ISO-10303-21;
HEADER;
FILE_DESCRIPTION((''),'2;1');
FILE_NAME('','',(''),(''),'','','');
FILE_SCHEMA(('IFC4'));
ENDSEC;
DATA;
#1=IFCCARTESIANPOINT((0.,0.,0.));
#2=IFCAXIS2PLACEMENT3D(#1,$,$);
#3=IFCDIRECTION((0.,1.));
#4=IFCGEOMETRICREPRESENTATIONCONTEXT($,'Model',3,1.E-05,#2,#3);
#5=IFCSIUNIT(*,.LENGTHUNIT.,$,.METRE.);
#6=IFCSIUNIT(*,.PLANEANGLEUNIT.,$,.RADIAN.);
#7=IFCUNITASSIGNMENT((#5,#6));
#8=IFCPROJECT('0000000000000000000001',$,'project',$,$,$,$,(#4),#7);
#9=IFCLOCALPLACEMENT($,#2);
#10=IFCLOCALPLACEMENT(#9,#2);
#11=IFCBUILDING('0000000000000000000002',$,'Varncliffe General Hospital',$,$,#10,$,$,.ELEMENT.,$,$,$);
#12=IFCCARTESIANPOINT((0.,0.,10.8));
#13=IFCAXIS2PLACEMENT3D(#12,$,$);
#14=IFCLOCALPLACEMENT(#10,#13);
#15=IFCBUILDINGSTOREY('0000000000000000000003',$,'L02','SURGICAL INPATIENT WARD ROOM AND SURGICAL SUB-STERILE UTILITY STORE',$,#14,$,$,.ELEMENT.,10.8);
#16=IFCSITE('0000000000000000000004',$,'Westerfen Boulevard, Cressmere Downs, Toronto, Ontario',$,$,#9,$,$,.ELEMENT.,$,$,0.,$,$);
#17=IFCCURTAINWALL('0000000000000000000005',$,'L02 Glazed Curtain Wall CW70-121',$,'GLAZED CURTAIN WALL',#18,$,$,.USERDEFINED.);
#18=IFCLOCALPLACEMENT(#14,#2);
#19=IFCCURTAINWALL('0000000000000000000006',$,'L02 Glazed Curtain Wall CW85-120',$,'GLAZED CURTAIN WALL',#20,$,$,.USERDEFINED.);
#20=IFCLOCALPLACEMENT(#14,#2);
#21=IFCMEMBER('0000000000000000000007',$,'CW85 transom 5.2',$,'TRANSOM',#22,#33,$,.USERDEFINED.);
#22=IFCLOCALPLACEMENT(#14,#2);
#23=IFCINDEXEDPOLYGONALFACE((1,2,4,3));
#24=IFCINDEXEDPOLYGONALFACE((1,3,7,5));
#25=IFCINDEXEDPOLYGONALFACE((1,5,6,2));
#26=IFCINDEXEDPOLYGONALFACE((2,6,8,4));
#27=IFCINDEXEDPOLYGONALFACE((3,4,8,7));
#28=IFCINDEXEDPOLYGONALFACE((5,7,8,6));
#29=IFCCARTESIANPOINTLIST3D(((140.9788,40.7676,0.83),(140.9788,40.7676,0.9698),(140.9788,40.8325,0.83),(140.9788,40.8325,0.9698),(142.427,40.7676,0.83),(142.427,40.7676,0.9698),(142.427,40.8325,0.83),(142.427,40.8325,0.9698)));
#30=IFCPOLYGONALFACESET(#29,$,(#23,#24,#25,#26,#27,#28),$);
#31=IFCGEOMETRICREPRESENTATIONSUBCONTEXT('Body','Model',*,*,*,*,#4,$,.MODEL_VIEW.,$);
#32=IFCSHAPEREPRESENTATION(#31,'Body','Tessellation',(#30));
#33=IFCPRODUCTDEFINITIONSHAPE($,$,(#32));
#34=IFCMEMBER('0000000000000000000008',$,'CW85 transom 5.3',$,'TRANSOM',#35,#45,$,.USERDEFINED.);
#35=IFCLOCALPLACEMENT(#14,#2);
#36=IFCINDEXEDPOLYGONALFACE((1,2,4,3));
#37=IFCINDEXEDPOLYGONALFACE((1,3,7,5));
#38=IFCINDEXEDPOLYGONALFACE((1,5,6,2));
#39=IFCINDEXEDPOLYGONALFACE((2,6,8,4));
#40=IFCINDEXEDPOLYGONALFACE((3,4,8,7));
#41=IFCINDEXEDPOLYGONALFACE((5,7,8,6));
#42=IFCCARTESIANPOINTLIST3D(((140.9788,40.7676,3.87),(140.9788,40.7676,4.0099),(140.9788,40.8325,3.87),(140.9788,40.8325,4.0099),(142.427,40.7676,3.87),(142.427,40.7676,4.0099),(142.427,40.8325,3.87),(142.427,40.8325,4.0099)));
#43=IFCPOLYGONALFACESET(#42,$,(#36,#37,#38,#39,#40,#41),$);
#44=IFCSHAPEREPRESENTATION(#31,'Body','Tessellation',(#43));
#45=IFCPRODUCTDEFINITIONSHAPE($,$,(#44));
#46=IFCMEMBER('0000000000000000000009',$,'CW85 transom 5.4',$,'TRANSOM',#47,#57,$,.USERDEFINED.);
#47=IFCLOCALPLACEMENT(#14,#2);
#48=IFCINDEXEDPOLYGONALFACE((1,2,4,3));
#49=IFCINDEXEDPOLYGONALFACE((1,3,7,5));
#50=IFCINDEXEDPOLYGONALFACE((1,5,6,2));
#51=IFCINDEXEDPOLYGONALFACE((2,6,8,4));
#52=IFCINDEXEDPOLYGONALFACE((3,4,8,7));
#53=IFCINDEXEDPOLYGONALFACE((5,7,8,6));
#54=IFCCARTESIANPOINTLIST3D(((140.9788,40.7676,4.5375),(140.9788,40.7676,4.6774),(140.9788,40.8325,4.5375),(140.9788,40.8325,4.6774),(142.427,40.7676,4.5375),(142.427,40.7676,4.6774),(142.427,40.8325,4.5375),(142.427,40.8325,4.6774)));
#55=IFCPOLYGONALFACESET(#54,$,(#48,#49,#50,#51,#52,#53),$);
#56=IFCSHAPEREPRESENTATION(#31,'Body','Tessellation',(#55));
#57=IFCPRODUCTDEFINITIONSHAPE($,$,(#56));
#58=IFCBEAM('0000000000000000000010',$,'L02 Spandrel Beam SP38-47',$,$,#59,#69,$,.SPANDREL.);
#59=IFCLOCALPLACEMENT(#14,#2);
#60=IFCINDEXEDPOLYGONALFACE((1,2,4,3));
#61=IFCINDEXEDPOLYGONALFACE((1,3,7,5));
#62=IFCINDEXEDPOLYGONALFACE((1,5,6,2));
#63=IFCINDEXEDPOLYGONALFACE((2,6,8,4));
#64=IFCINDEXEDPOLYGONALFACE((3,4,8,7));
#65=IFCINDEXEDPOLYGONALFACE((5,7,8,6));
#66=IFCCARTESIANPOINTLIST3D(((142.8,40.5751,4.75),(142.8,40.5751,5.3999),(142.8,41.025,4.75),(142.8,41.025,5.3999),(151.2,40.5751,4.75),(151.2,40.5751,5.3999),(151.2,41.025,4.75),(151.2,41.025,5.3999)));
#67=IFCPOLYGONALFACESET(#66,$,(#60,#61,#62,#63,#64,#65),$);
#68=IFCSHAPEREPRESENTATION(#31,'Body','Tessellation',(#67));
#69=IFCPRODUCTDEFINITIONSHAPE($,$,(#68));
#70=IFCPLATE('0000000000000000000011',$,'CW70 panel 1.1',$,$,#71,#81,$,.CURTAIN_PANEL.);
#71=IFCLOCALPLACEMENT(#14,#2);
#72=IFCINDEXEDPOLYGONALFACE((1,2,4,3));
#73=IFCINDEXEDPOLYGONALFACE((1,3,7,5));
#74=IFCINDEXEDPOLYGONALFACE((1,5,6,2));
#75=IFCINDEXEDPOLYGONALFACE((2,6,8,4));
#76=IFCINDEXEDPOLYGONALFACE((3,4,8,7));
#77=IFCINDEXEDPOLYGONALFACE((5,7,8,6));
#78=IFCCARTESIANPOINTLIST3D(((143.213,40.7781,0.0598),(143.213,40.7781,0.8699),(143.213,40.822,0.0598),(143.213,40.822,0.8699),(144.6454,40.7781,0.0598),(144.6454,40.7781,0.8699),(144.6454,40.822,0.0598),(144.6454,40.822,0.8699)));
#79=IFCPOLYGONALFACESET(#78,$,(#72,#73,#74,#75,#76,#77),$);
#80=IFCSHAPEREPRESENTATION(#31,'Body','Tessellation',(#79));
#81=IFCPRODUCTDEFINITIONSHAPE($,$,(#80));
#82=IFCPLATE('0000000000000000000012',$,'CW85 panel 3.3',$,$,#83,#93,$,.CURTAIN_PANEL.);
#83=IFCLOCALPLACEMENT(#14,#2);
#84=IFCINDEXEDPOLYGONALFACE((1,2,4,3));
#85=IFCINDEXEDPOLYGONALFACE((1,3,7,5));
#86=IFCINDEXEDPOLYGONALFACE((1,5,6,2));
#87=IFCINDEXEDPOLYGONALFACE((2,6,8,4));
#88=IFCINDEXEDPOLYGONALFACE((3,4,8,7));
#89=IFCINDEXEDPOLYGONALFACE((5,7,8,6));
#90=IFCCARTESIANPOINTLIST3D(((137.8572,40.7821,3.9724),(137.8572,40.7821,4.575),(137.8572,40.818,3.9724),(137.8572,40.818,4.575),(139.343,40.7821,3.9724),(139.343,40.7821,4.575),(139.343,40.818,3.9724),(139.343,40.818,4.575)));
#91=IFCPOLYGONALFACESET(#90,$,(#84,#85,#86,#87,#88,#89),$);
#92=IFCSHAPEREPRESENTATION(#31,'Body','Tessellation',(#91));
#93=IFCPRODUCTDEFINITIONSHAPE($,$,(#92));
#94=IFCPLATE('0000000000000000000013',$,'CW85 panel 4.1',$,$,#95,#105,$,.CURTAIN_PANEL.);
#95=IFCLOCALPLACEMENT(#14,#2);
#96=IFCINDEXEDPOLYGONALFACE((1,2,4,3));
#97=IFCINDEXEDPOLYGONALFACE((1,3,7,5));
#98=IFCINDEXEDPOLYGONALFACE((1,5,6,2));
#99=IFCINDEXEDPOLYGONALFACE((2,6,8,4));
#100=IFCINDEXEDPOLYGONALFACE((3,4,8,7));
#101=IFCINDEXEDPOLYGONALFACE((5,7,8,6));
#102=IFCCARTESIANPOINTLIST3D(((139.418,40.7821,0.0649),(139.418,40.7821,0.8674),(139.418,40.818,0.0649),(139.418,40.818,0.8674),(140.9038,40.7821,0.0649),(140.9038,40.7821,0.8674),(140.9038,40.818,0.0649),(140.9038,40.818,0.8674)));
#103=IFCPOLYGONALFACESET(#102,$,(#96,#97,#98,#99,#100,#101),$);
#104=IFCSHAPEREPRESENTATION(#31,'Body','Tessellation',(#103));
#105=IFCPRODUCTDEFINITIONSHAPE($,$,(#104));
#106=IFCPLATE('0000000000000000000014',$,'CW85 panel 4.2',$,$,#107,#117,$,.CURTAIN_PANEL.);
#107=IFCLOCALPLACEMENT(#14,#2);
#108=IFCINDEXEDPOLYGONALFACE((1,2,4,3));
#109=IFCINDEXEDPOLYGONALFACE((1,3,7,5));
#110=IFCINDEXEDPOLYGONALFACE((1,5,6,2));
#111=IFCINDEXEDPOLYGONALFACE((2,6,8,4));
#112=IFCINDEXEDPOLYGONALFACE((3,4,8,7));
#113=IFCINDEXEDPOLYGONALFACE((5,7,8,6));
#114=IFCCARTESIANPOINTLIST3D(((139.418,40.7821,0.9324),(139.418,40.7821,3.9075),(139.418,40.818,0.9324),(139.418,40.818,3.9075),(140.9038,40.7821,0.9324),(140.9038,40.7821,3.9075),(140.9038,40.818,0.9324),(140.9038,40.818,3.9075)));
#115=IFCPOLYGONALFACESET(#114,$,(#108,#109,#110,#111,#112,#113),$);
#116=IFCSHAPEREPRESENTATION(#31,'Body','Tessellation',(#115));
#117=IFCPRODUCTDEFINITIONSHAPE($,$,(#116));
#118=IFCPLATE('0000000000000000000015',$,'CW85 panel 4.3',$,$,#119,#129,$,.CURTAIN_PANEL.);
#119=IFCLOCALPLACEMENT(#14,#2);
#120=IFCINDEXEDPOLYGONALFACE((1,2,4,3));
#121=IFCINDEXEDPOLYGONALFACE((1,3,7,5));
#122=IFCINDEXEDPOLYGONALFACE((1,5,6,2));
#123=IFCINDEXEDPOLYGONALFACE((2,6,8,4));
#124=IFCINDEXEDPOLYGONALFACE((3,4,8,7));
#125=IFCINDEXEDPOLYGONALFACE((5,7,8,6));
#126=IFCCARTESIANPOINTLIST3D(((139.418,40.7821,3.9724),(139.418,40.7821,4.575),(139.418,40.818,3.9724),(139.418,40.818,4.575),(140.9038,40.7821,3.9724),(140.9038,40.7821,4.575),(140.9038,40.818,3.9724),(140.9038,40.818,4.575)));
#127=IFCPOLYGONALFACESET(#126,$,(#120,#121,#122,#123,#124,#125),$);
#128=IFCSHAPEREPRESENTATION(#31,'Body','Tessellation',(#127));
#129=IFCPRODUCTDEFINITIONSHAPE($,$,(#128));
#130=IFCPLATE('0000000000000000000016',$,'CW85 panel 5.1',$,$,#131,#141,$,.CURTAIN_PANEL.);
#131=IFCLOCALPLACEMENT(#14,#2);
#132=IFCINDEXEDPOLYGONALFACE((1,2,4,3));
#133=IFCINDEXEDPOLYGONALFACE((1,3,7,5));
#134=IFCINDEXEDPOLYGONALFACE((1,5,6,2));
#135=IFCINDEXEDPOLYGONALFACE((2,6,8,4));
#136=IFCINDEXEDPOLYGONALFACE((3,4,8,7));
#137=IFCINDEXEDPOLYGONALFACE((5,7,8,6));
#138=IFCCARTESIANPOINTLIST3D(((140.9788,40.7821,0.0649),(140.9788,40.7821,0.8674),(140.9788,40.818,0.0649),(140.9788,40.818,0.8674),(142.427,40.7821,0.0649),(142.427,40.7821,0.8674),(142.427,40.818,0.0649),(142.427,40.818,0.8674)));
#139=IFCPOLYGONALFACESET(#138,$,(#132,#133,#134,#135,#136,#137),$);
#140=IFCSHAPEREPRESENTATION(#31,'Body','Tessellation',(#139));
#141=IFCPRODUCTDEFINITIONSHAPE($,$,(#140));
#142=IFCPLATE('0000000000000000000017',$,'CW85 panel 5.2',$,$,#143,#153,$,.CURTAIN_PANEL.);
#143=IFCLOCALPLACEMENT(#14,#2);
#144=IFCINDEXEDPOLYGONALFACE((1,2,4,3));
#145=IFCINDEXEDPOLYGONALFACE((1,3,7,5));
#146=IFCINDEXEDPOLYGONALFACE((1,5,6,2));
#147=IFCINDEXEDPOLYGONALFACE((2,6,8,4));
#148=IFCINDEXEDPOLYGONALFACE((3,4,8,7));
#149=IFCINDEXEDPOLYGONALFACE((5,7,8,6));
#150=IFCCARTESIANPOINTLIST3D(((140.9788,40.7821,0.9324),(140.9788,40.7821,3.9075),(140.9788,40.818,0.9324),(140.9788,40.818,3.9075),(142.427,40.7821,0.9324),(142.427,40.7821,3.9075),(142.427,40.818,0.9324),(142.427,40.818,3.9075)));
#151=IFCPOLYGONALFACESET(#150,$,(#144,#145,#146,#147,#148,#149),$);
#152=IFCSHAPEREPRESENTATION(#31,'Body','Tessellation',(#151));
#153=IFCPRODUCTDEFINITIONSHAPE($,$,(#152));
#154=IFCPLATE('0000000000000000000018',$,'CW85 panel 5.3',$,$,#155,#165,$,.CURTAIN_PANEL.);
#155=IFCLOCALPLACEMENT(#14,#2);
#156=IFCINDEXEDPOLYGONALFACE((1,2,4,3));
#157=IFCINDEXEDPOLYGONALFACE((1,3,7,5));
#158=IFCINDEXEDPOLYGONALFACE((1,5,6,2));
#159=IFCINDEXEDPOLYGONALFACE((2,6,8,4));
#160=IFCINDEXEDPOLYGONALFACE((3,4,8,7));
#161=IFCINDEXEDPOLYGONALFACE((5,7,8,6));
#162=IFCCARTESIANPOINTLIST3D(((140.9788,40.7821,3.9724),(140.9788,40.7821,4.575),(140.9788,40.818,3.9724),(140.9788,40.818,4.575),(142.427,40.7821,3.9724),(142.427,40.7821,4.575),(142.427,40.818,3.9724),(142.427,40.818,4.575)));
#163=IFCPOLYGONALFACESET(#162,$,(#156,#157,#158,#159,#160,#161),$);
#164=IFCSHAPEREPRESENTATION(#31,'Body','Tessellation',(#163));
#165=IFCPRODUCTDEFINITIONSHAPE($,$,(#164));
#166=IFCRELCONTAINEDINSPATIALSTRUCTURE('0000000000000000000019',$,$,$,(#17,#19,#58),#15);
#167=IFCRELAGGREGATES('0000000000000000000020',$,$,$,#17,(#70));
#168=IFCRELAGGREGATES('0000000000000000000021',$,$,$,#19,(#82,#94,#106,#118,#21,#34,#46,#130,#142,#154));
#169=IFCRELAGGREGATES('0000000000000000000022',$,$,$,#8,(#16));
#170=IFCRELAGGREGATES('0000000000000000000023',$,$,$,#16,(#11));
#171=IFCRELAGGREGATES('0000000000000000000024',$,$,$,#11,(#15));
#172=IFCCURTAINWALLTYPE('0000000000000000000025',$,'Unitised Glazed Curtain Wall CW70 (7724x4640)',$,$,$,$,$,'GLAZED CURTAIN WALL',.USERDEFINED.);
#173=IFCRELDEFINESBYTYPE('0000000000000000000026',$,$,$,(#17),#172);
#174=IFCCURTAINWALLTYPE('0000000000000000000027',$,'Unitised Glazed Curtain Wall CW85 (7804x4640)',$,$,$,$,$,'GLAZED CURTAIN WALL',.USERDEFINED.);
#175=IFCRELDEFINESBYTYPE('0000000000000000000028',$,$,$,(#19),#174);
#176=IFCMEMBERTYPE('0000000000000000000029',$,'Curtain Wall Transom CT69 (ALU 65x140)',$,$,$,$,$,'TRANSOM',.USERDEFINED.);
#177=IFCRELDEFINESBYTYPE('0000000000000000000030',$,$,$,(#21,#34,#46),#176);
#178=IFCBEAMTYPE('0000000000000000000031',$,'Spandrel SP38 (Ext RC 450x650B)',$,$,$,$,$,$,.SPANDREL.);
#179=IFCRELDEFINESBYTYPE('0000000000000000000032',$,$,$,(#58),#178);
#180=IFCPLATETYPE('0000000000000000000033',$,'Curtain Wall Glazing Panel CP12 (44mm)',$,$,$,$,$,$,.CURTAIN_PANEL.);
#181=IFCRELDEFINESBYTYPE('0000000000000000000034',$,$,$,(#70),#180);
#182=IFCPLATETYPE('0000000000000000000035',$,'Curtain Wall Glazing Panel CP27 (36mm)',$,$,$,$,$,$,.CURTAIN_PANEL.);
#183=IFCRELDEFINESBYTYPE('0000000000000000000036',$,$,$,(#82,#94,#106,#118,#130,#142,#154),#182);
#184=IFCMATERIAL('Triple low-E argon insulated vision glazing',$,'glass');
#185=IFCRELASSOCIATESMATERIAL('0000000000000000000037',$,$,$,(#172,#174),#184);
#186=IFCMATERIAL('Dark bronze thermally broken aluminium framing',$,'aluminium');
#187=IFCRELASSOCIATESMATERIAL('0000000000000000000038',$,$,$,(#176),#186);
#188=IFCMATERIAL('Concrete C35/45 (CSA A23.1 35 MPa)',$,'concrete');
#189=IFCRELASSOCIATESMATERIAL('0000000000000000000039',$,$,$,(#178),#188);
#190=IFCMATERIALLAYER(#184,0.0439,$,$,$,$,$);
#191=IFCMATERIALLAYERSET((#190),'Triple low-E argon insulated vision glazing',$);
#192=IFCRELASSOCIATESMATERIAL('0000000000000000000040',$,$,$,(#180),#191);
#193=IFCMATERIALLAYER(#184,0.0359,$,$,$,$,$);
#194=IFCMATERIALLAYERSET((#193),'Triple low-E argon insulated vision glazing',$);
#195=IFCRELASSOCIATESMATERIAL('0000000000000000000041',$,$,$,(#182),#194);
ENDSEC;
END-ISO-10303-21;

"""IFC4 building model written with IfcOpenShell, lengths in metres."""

from ifc_helpers import new_model, si_unit, direction, frame, origin, origin_2d, place, context, subcontext, project, spatial, rectangle, extrude, material, layer, layer_set, material_profile, profile_set, type_object, element, aggregate, save


model = new_model("IFC4")

# Units and contexts
model_context = context("Model", 3, precision=1e-05, world=origin(), true_north=direction((0.0, 1.0)))
body_context = subcontext(model_context, "Body", "Model", "MODEL_VIEW")
ifc_project = project(units=[si_unit("LENGTHUNIT", "METRE"), si_unit("PLANEANGLEUNIT", "RADIAN")], contexts=[model_context])

# Site, building, storey
site_placement = place(None, origin())
site = spatial("IfcSite", under=ifc_project, at=site_placement, Name="Westerfen Boulevard, Cressmere Downs, Toronto, Ontario", CompositionType="ELEMENT", RefElevation=0.0)
building_placement = place(site_placement, origin())
building = spatial("IfcBuilding", under=site, at=building_placement, Name="Varncliffe General Hospital", CompositionType="ELEMENT")
storey_placement = place(building_placement, frame((0.0, 0.0, 10.8)))
storey = spatial("IfcBuildingStorey", under=building, at=storey_placement, Name="L02", Description="SURGICAL INPATIENT WARD ROOM AND SURGICAL SUB-STERILE UTILITY STORE", CompositionType="ELEMENT", Elevation=10.8)

# Curtain wall
ifc_material_1 = material(Name="Triple low-E argon insulated vision glazing", Category="glass")
curtain_wall_type_1 = type_object("IfcCurtainWallType", Name="Unitised Glazed Curtain Wall CW70 (7724x4640)", ElementType="GLAZED CURTAIN WALL", PredefinedType="USERDEFINED", material=ifc_material_1)
curtain_wall_1_placement = place(storey_placement, origin())
curtain_wall_1 = element("IfcCurtainWall", 1, at=curtain_wall_1_placement, inside=storey, type_object=curtain_wall_type_1, Name="L02 Glazed Curtain Wall CW70-121", ObjectType="GLAZED CURTAIN WALL", PredefinedType="USERDEFINED")
ifc_material_2 = material(Name="Dark bronze thermally broken aluminium framing", Category="aluminium")

# Curtain wall
curtain_wall_type_2 = type_object("IfcCurtainWallType", Name="Unitised Glazed Curtain Wall CW85 (7804x4640)", ElementType="GLAZED CURTAIN WALL", PredefinedType="USERDEFINED", material=ifc_material_1)
curtain_wall_2_placement = place(storey_placement, origin())
curtain_wall_2 = element("IfcCurtainWall", 2, at=curtain_wall_2_placement, inside=storey, type_object=curtain_wall_type_2, Name="L02 Glazed Curtain Wall CW85-120", ObjectType="GLAZED CURTAIN WALL", PredefinedType="USERDEFINED")

# Members
ifc_material_profile_1 = material_profile(ifc_material_2, rectangle(XDim=0.0649, YDim=0.1399, at=origin_2d()), Name="ALU 65x140")
ifc_profile_set_1 = profile_set([ifc_material_profile_1], Name="Dark bronze thermally broken aluminium framing")
member_type_1 = type_object("IfcMemberType", Name="Curtain Wall Transom CT69 (ALU 65x140)", ElementType="TRANSOM", PredefinedType="USERDEFINED", material=ifc_profile_set_1)
member_1_placement = place(storey_placement, frame((140.9788, 40.8, 0.8999), z_axis=(1.0, 0.0, 0.0), x_axis=(0.0, 1.0, 0.0)))
member_1 = element("IfcMember", 3, at=member_1_placement, type_object=member_type_1, Name="CW85 transom 5.2", ObjectType="TRANSOM", PredefinedType="USERDEFINED", context=body_context, shape_type="SweptSolid", body=[
    extrude(rectangle(XDim=0.0649, YDim=0.1399, at=origin_2d()), origin(), (0.0, 0.0, 1.0), 1.4482),
])
member_2_placement = place(storey_placement, frame((140.9788, 40.8, 3.9399), z_axis=(1.0, 0.0, 0.0), x_axis=(0.0, 1.0, 0.0)))
member_2 = element("IfcMember", 4, at=member_2_placement, type_object=member_type_1, Name="CW85 transom 5.3", ObjectType="TRANSOM", PredefinedType="USERDEFINED", context=body_context, shape_type="SweptSolid", body=[
    extrude(rectangle(XDim=0.0649, YDim=0.1399, at=origin_2d()), origin(), (0.0, 0.0, 1.0), 1.4482),
])
member_3_placement = place(storey_placement, frame((140.9788, 40.8, 4.6074), z_axis=(1.0, 0.0, 0.0), x_axis=(0.0, 1.0, 0.0)))
member_3 = element("IfcMember", 5, at=member_3_placement, type_object=member_type_1, Name="CW85 transom 5.4", ObjectType="TRANSOM", PredefinedType="USERDEFINED", context=body_context, shape_type="SweptSolid", body=[
    extrude(rectangle(XDim=0.0649, YDim=0.1399, at=origin_2d()), origin(), (0.0, 0.0, 1.0), 1.4482),
])

# Beam
ifc_material_3 = material(Name="Concrete C35/45 (CSA A23.1 35 MPa)", Category="concrete")
ifc_material_profile_2 = material_profile(ifc_material_3, rectangle(XDim=0.45, YDim=0.6499, at=origin_2d()), Name="RC 450x650")
ifc_profile_set_2 = profile_set([ifc_material_profile_2], Name="Concrete C35/45 (CSA A23.1 35 MPa)")
beam_type = type_object("IfcBeamType", Name="Spandrel SP38 (Ext RC 450x650B)", PredefinedType="SPANDREL", material=ifc_profile_set_2)
beam_placement = place(storey_placement, frame((142.8, 40.8, 5.075), z_axis=(1.0, 0.0, 0.0), x_axis=(0.0, 1.0, 0.0)))
element("IfcBeam", 6, at=beam_placement, inside=storey, type_object=beam_type, Name="L02 Spandrel Beam SP38-47", PredefinedType="SPANDREL", context=body_context, shape_type="SweptSolid", body=[
    extrude(rectangle(XDim=0.45, YDim=0.6499, at=origin_2d()), origin(), (0.0, 0.0, 1.0), 8.3999),
])

# Plates
ifc_layer_1 = layer(ifc_material_1, 0.0439)
ifc_layer_set_1 = layer_set([ifc_layer_1], Name="Triple low-E argon insulated vision glazing")
plate_type_1 = type_object("IfcPlateType", Name="Curtain Wall Glazing Panel CP12 (44mm)", PredefinedType="CURTAIN_PANEL", material=ifc_layer_set_1)
plate_1_placement = place(storey_placement, frame((143.9292, 40.8, 0.0598), z_axis=(0.0, 0.0, 1.0), x_axis=(1.0, 0.0, 0.0)))
plate_1 = element("IfcPlate", 7, at=plate_1_placement, type_object=plate_type_1, Name="CW70 panel 1.1", PredefinedType="CURTAIN_PANEL", context=body_context, shape_type="SweptSolid", body=[
    extrude(rectangle(XDim=1.4324, YDim=0.0439, at=origin_2d()), origin(), (0.0, 0.0, 1.0), 0.8101),
])
aggregate(curtain_wall_1, [plate_1])
ifc_layer_2 = layer(ifc_material_1, 0.0359)
ifc_layer_set_2 = layer_set([ifc_layer_2], Name="Triple low-E argon insulated vision glazing")
plate_type_2 = type_object("IfcPlateType", Name="Curtain Wall Glazing Panel CP27 (36mm)", PredefinedType="CURTAIN_PANEL", material=ifc_layer_set_2)
plate_2_placement = place(storey_placement, frame((138.6001, 40.8, 3.9724), z_axis=(0.0, 0.0, 1.0), x_axis=(1.0, 0.0, 0.0)))
plate_2 = element("IfcPlate", 8, at=plate_2_placement, type_object=plate_type_2, Name="CW85 panel 3.3", PredefinedType="CURTAIN_PANEL", context=body_context, shape_type="SweptSolid", body=[
    extrude(rectangle(XDim=1.4858, YDim=0.0359, at=origin_2d()), origin(), (0.0, 0.0, 1.0), 0.6025),
])
plate_3_placement = place(storey_placement, frame((140.1609, 40.8, 0.0649), z_axis=(0.0, 0.0, 1.0), x_axis=(1.0, 0.0, 0.0)))
plate_3 = element("IfcPlate", 9, at=plate_3_placement, type_object=plate_type_2, Name="CW85 panel 4.1", PredefinedType="CURTAIN_PANEL", context=body_context, shape_type="SweptSolid", body=[
    extrude(rectangle(XDim=1.4858, YDim=0.0359, at=origin_2d()), origin(), (0.0, 0.0, 1.0), 0.8025),
])
plate_4_placement = place(storey_placement, frame((140.1609, 40.8, 0.9324), z_axis=(0.0, 0.0, 1.0), x_axis=(1.0, 0.0, 0.0)))
plate_4 = element("IfcPlate", 10, at=plate_4_placement, type_object=plate_type_2, Name="CW85 panel 4.2", PredefinedType="CURTAIN_PANEL", context=body_context, shape_type="SweptSolid", body=[
    extrude(rectangle(XDim=1.4858, YDim=0.0359, at=origin_2d()), origin(), (0.0, 0.0, 1.0), 2.9751),
])
plate_5_placement = place(storey_placement, frame((140.1609, 40.8, 3.9724), z_axis=(0.0, 0.0, 1.0), x_axis=(1.0, 0.0, 0.0)))
plate_5 = element("IfcPlate", 11, at=plate_5_placement, type_object=plate_type_2, Name="CW85 panel 4.3", PredefinedType="CURTAIN_PANEL", context=body_context, shape_type="SweptSolid", body=[
    extrude(rectangle(XDim=1.4858, YDim=0.0359, at=origin_2d()), origin(), (0.0, 0.0, 1.0), 0.6025),
])
plate_6_placement = place(storey_placement, frame((141.7029, 40.8, 0.0649), z_axis=(0.0, 0.0, 1.0), x_axis=(1.0, 0.0, 0.0)))
plate_6 = element("IfcPlate", 12, at=plate_6_placement, type_object=plate_type_2, Name="CW85 panel 5.1", PredefinedType="CURTAIN_PANEL", context=body_context, shape_type="SweptSolid", body=[
    extrude(rectangle(XDim=1.4482, YDim=0.0359, at=origin_2d()), origin(), (0.0, 0.0, 1.0), 0.8025),
])
plate_7_placement = place(storey_placement, frame((141.7029, 40.8, 0.9324), z_axis=(0.0, 0.0, 1.0), x_axis=(1.0, 0.0, 0.0)))
plate_7 = element("IfcPlate", 13, at=plate_7_placement, type_object=plate_type_2, Name="CW85 panel 5.2", PredefinedType="CURTAIN_PANEL", context=body_context, shape_type="SweptSolid", body=[
    extrude(rectangle(XDim=1.4482, YDim=0.0359, at=origin_2d()), origin(), (0.0, 0.0, 1.0), 2.9751),
])
plate_8_placement = place(storey_placement, frame((141.7029, 40.8, 3.9724), z_axis=(0.0, 0.0, 1.0), x_axis=(1.0, 0.0, 0.0)))
plate_8 = element("IfcPlate", 14, at=plate_8_placement, type_object=plate_type_2, Name="CW85 panel 5.3", PredefinedType="CURTAIN_PANEL", context=body_context, shape_type="SweptSolid", body=[
    extrude(rectangle(XDim=1.4482, YDim=0.0359, at=origin_2d()), origin(), (0.0, 0.0, 1.0), 0.6025),
])
aggregate(curtain_wall_2, [plate_2, plate_3, plate_4, plate_5, member_1, member_2, member_3, plate_6, plate_7, plate_8])

save(model, "model.ifc")
